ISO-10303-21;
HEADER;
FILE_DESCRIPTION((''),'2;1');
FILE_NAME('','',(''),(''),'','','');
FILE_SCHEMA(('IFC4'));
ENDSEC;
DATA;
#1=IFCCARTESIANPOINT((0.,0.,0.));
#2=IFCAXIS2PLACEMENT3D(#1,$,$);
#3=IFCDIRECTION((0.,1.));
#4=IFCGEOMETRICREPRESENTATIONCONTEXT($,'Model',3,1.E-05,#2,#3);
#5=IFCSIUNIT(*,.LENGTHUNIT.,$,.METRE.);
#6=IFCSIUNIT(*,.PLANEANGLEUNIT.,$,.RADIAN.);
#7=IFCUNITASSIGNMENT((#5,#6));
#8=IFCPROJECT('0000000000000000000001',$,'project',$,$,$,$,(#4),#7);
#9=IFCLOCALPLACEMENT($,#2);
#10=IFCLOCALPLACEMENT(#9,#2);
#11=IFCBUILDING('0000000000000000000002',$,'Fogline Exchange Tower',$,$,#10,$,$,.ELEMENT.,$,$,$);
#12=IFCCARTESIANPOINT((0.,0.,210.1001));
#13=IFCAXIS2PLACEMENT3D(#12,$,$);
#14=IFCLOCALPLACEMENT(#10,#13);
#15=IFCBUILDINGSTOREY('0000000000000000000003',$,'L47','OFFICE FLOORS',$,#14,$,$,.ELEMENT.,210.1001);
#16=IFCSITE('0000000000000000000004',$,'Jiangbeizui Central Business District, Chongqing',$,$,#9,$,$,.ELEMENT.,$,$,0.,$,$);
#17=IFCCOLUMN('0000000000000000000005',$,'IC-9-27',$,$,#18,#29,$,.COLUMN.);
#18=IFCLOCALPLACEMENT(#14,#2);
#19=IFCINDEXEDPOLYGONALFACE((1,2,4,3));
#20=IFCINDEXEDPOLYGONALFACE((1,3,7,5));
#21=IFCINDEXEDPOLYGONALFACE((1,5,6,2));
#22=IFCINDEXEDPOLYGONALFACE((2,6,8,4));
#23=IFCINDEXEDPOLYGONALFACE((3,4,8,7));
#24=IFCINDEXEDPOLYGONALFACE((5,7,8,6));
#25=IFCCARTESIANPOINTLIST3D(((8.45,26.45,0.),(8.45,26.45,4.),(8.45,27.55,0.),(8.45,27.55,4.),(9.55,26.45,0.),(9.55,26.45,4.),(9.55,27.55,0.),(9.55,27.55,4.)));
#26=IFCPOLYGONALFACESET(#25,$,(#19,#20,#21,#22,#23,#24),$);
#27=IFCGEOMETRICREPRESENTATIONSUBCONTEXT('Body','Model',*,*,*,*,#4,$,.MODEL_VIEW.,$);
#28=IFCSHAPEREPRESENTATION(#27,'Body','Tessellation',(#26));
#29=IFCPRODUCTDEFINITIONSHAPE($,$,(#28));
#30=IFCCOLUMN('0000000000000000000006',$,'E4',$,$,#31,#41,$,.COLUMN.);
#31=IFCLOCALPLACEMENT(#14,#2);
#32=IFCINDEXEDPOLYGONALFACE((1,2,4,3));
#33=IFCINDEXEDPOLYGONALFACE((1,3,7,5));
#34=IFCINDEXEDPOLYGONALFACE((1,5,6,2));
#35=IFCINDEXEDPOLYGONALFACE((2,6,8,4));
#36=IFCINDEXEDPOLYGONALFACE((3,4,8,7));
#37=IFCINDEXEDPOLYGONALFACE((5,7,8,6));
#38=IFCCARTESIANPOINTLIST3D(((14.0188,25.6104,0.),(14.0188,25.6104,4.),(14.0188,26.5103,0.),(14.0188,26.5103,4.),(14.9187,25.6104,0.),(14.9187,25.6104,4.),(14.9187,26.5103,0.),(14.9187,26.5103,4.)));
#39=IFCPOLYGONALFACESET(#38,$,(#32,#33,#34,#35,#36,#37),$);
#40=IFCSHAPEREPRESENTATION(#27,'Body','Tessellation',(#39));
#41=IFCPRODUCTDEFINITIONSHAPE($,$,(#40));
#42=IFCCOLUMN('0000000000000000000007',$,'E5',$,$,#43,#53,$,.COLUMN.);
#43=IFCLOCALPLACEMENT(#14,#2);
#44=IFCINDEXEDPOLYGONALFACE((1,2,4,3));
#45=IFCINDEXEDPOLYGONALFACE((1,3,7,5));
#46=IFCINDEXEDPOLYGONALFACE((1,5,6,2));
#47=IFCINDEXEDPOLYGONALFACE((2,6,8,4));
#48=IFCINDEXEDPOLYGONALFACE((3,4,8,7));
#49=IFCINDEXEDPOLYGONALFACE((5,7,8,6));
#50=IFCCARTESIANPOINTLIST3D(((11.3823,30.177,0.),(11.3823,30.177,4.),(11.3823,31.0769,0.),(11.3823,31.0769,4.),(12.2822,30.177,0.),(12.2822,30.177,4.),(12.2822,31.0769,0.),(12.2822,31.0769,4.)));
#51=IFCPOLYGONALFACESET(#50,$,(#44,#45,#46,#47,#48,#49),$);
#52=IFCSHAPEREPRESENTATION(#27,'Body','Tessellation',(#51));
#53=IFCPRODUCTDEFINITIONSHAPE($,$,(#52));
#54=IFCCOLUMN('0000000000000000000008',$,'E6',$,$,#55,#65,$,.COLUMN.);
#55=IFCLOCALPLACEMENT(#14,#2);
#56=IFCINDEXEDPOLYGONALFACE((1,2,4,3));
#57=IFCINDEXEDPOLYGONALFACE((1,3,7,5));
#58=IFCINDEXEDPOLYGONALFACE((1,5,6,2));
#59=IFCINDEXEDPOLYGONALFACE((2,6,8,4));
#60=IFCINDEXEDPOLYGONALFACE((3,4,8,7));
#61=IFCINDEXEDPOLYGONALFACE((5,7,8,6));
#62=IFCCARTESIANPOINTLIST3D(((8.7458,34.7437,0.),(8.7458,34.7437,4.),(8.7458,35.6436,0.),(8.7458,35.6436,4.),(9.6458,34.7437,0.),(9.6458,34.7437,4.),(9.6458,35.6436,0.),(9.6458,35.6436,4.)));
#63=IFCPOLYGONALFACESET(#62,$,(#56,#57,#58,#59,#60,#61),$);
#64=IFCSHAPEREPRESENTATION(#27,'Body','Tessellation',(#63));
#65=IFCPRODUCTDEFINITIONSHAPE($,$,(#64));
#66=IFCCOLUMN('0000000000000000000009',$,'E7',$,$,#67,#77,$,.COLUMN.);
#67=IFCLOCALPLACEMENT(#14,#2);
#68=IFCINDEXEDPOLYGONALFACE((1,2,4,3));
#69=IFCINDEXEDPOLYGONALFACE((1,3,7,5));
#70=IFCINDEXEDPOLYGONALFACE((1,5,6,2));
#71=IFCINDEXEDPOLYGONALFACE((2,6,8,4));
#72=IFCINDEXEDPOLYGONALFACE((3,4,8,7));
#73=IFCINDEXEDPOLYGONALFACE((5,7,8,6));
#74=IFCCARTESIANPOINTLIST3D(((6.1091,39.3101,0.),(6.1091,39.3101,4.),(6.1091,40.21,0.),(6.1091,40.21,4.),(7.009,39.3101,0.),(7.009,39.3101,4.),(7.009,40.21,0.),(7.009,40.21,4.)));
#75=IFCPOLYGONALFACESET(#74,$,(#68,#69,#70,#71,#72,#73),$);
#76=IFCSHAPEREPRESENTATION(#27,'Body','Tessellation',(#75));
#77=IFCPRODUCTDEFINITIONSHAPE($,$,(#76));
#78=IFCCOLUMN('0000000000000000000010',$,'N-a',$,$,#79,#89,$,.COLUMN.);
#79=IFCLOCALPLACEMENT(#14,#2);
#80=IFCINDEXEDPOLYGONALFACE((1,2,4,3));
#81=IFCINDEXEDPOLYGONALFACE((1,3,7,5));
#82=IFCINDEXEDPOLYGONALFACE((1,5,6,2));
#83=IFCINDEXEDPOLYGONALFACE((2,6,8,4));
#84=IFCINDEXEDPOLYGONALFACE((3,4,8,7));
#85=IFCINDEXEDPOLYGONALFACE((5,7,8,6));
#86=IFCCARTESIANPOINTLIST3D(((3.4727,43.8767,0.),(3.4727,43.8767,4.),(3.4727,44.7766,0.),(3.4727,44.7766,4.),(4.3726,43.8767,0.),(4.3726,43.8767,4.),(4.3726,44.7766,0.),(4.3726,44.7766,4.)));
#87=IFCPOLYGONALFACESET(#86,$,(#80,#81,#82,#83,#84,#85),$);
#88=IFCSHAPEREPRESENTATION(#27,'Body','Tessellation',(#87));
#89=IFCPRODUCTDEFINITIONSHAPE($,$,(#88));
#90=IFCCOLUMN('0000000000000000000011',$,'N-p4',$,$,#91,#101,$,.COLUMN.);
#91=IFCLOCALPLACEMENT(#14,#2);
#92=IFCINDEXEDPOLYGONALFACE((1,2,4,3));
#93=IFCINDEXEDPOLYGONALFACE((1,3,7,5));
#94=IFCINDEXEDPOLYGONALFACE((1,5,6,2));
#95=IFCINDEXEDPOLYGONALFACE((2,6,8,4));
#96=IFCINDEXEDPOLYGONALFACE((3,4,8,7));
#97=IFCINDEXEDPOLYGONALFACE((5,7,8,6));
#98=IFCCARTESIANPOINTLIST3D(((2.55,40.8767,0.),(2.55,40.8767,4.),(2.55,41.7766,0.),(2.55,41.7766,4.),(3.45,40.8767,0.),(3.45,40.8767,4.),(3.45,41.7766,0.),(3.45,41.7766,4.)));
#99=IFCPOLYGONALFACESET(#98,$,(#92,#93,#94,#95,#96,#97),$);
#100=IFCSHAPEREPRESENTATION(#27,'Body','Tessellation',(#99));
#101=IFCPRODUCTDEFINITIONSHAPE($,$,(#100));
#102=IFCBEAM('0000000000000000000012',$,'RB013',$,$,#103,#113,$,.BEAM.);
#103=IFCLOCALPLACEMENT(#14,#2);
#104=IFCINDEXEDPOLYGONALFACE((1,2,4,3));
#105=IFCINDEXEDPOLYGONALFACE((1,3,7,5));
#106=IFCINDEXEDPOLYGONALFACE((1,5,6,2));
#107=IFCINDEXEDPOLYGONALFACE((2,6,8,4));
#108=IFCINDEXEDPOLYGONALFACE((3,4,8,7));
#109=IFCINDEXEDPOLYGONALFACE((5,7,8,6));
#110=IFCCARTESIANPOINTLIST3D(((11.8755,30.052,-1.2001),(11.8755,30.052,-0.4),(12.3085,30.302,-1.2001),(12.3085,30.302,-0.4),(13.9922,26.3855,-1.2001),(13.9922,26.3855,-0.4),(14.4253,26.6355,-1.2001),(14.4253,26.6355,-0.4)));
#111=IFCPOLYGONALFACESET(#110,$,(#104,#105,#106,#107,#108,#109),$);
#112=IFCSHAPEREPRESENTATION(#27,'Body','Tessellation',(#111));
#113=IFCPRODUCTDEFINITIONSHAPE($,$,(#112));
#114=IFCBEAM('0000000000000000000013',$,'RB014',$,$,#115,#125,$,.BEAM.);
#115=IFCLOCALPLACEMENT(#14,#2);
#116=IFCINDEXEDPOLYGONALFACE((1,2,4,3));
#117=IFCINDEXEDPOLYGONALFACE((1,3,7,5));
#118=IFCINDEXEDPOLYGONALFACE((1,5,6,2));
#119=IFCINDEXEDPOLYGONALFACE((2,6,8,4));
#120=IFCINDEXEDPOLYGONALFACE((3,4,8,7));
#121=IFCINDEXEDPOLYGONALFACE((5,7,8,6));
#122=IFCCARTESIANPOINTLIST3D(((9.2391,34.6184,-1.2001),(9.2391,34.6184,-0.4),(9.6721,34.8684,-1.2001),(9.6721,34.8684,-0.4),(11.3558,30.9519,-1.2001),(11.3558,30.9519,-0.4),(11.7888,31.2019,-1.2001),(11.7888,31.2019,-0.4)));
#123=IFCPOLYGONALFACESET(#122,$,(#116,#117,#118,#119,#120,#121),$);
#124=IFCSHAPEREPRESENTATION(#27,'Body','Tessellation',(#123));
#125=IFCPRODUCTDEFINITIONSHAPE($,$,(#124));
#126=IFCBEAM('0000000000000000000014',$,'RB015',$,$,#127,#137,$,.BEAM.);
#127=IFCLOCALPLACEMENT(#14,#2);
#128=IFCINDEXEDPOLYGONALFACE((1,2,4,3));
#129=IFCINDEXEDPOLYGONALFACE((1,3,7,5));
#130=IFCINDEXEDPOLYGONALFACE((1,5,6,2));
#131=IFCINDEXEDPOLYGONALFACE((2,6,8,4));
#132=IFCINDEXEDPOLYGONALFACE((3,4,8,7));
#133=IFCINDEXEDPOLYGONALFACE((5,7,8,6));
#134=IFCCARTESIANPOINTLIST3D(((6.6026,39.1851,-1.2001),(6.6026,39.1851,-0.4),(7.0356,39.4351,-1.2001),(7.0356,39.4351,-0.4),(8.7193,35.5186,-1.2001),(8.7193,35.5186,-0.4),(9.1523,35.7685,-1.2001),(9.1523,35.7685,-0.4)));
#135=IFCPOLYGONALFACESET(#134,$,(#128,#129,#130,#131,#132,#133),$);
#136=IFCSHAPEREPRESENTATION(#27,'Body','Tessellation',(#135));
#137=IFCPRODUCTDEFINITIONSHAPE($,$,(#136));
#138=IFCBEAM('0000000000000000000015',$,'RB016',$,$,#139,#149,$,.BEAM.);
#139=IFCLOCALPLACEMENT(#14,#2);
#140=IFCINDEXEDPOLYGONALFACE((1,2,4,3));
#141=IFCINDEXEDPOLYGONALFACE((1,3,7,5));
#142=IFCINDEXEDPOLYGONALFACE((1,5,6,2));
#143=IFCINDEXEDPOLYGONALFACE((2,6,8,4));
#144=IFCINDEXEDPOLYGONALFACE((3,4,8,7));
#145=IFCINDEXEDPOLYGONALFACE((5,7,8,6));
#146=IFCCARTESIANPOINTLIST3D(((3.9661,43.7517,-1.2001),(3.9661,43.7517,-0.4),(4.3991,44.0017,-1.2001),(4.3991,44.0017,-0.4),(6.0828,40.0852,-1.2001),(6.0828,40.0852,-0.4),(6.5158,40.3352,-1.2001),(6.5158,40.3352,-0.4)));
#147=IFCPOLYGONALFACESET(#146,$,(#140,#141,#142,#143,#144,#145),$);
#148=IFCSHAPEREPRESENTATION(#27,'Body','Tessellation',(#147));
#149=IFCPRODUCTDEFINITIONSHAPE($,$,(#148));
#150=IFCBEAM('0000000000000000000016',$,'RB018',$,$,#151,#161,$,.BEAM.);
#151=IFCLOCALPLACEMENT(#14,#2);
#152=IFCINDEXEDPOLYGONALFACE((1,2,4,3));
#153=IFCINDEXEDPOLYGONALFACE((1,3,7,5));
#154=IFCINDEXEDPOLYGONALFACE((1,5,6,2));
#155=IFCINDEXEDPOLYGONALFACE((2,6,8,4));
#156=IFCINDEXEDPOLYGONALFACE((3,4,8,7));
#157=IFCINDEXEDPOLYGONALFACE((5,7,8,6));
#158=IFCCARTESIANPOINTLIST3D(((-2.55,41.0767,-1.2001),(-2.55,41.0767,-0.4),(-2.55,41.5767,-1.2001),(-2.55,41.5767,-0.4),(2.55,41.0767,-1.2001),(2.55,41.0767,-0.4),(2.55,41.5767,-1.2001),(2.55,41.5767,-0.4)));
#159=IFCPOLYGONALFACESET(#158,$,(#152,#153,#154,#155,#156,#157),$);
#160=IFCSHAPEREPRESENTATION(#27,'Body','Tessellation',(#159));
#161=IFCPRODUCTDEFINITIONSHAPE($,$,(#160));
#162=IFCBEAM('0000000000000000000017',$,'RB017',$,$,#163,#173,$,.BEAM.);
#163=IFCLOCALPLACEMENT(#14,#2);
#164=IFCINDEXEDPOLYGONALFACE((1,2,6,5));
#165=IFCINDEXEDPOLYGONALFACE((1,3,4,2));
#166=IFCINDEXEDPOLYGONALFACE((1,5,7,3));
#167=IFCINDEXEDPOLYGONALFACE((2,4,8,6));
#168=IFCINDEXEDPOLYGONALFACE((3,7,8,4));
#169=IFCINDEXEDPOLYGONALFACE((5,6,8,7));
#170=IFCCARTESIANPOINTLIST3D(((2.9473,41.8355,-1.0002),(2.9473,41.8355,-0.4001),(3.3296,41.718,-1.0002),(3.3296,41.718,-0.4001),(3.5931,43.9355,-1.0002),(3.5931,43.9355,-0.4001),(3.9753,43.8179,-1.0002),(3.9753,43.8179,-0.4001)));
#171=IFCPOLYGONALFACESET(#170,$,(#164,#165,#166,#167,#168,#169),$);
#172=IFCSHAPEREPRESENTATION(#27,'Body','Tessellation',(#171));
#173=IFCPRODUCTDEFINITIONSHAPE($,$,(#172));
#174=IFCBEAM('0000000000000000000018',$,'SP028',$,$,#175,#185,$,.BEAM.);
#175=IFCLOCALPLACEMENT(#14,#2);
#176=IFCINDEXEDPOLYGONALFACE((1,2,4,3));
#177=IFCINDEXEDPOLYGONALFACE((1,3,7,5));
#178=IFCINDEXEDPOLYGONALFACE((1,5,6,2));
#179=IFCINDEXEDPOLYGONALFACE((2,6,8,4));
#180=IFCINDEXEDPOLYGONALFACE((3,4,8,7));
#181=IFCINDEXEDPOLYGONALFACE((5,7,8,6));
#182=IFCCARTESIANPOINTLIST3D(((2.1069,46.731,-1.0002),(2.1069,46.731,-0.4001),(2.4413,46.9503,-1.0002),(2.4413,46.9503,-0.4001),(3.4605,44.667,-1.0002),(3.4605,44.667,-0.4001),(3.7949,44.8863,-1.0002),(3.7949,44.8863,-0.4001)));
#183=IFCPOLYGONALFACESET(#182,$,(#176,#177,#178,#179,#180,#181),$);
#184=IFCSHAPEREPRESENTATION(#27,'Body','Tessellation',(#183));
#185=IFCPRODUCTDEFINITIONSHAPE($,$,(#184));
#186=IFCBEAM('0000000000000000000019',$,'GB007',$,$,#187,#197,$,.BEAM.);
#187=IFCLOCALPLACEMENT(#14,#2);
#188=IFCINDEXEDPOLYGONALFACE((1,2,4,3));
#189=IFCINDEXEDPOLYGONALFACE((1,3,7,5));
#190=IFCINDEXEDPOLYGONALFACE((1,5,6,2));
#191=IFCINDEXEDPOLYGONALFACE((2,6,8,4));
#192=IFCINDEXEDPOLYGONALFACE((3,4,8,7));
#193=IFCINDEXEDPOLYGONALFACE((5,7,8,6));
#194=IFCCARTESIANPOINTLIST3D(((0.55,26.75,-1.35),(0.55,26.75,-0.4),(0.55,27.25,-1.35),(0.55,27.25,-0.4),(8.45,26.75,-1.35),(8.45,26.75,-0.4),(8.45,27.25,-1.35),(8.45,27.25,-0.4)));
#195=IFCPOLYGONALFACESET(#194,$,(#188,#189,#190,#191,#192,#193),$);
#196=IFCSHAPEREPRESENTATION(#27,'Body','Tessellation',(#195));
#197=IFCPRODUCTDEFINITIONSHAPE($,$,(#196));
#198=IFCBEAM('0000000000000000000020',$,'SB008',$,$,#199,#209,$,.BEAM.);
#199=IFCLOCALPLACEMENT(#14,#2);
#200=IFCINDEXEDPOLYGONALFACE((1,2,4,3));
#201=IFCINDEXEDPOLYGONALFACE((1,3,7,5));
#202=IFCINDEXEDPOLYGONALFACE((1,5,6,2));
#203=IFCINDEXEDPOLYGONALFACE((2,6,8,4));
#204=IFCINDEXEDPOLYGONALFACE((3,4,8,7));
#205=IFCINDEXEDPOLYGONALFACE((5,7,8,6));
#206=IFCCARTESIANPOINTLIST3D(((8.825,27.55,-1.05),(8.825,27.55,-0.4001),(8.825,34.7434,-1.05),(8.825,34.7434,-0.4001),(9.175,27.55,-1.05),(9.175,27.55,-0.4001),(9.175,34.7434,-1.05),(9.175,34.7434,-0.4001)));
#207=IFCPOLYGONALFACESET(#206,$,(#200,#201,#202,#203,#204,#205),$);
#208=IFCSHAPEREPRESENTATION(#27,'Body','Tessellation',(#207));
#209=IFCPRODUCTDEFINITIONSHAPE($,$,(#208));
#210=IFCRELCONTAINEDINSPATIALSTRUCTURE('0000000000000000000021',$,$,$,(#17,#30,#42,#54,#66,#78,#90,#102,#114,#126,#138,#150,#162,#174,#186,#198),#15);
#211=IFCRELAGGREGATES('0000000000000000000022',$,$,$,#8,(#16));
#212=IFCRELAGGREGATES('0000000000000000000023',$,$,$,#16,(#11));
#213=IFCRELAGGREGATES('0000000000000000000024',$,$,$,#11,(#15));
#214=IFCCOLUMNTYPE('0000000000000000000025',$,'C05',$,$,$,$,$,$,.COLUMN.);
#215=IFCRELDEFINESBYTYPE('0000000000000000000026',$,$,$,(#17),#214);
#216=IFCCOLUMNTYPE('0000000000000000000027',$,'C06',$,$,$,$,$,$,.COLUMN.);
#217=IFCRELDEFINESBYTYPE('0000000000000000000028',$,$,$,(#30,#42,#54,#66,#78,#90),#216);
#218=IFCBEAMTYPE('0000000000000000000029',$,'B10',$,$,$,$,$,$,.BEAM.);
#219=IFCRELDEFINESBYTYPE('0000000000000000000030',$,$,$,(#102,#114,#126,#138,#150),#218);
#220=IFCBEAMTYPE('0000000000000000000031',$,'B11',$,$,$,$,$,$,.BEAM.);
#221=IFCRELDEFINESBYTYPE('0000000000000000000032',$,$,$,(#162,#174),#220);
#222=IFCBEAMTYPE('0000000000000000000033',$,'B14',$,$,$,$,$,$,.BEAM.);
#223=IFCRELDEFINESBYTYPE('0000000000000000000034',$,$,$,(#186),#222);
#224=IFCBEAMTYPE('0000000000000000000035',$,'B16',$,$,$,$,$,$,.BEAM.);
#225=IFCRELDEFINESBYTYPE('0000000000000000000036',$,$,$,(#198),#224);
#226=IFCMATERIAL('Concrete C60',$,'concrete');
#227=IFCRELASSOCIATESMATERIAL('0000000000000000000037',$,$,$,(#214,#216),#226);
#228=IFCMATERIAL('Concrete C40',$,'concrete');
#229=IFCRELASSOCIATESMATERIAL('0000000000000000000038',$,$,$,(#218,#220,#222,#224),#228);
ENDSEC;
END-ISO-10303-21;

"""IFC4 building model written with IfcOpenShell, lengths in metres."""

from ifc_helpers import new_model, si_unit, direction, frame, origin, origin_2d, place, context, subcontext, project, spatial, rectangle, extrude, material, material_profile, profile_set, type_object, element, save


model = new_model("IFC4")

# Units and contexts
model_context = context("Model", 3, precision=1e-05, world=origin(), true_north=direction((0.0, 1.0)))
body_context = subcontext(model_context, "Body", "Model", "MODEL_VIEW")
ifc_project = project(units=[si_unit("LENGTHUNIT", "METRE"), si_unit("PLANEANGLEUNIT", "RADIAN")], contexts=[model_context])

# Site, building, storey
site_placement = place(None, origin())
site = spatial("IfcSite", under=ifc_project, at=site_placement, Name="Jiangbeizui Central Business District, Chongqing", CompositionType="ELEMENT", RefElevation=0.0)
building_placement = place(site_placement, origin())
building = spatial("IfcBuilding", under=site, at=building_placement, Name="Fogline Exchange Tower", CompositionType="ELEMENT")
storey_placement = place(building_placement, frame((0.0, 0.0, 210.1001)))
storey = spatial("IfcBuildingStorey", under=building, at=storey_placement, Name="L47", Description="OFFICE FLOORS", CompositionType="ELEMENT", Elevation=210.1001)

# Columns
ifc_material_1 = material(Name="Concrete C60", Category="concrete")
ifc_material_profile_1 = material_profile(ifc_material_1, rectangle(XDim=1.1001, YDim=1.1001, at=origin_2d()), Name="RC 1100x1100")
ifc_profile_set_1 = profile_set([ifc_material_profile_1], Name="Concrete C60")
column_type_1 = type_object("IfcColumnType", Name="C05", PredefinedType="COLUMN", material=ifc_profile_set_1)
column_placement = place(storey_placement, frame((9.0, 27.0, 0.0), z_axis=(0.0, 0.0, 1.0), x_axis=(1.0, 0.0, 0.0)))
element("IfcColumn", 1, at=column_placement, inside=storey, type_object=column_type_1, Name="IC-9-27", PredefinedType="COLUMN", context=body_context, shape_type="SweptSolid", body=[
    extrude(rectangle(XDim=1.1001, YDim=1.1001, at=origin_2d()), origin(), (0.0, 0.0, 1.0), 4.0),
])
ifc_material_profile_2 = material_profile(ifc_material_1, rectangle(XDim=0.8999, YDim=0.8999, at=origin_2d()), Name="RC 900x900")
ifc_profile_set_2 = profile_set([ifc_material_profile_2], Name="Concrete C60")
column_type_2 = type_object("IfcColumnType", Name="C06", PredefinedType="COLUMN", material=ifc_profile_set_2)
for number, where, z_axis, x_axis, name in (
    (2, (14.4688, 26.0603, 0.0), (0.0, 0.0, 1.0), (1.0, 0.0, 0.0), "E4"),
    (3, (11.8323, 30.627, 0.0), (0.0, 0.0, 1.0), (1.0, 0.0, 0.0), "E5"),
    (4, (9.1958, 35.1936, 0.0), (0.0, 0.0, 1.0), (1.0, 0.0, 0.0), "E6"),
    (5, (6.5591, 39.76, 0.0), (0.0, 0.0, 1.0), (1.0, 0.0, 0.0), "E7"),
    (6, (3.9226, 44.3267, 0.0), (0.0, 0.0, 1.0), (1.0, 0.0, 0.0), "N-a"),
    (7, (3.0, 41.3267, 0.0), (0.0, 0.0, 1.0), (1.0, 0.0, 0.0), "N-p4"),
):
    element("IfcColumn", number, at=place(storey_placement, frame(where, z_axis=z_axis, x_axis=x_axis)), inside=storey, type_object=column_type_2, Name=name, PredefinedType="COLUMN", context=body_context, shape_type="SweptSolid", body=[
        extrude(rectangle(XDim=0.8999, YDim=0.8999, at=origin_2d()), origin(), (0.0, 0.0, 1.0), 4.0),
    ])

# Beams
ifc_material_2 = material(Name="Concrete C40", Category="concrete")
ifc_material_profile_3 = material_profile(ifc_material_2, rectangle(XDim=0.5, YDim=0.8, at=origin_2d()), Name="RC 500x800")
ifc_profile_set_3 = profile_set([ifc_material_profile_3], Name="Concrete C40")
beam_type_1 = type_object("IfcBeamType", Name="B10", PredefinedType="BEAM", material=ifc_profile_set_3)
for number, where, z_axis, x_axis, name in (
    (8, (14.2087, 26.5105, -0.8), (-0.499972, 0.866042, 0.0), (-0.866042, -0.499972, 0.0), "RB013"),
    (9, (11.5723, 31.0769, -0.8), (-0.499972, 0.866042, 0.0), (-0.866042, -0.499972, 0.0), "RB014"),
    (10, (8.9358, 35.6436, -0.8), (-0.499972, 0.866042, 0.0), (-0.866042, -0.499972, 0.0), "RB015"),
    (11, (6.2993, 40.2102, -0.8), (-0.499972, 0.866042, 0.0), (-0.866042, -0.499972, 0.0), "RB016"),
):
    element("IfcBeam", number, at=place(storey_placement, frame(where, z_axis=z_axis, x_axis=x_axis)), inside=storey, type_object=beam_type_1, Name=name, PredefinedType="BEAM", context=body_context, shape_type="SweptSolid", body=[
        extrude(rectangle(XDim=0.5, YDim=0.8, at=origin_2d()), origin(), (0.0, 0.0, 1.0), 4.2336),
    ])
beam_1_placement = place(storey_placement, frame((2.55, 41.3267, -0.8), z_axis=(-1.0, 0.0, 0.0), x_axis=(0.0, -1.0, 0.0)))
element("IfcBeam", 12, at=beam_1_placement, inside=storey, type_object=beam_type_1, Name="RB018", PredefinedType="BEAM", context=body_context, shape_type="SweptSolid", body=[
    extrude(rectangle(XDim=0.5, YDim=0.8, at=origin_2d()), origin(), (0.0, 0.0, 1.0), 5.1001),
])
ifc_material_profile_4 = material_profile(ifc_material_2, rectangle(XDim=0.3999, YDim=0.6001, at=origin_2d()), Name="RC 400x600")
ifc_profile_set_4 = profile_set([ifc_material_profile_4], Name="Concrete C40")
beam_type_2 = type_object("IfcBeamType", Name="B11", PredefinedType="BEAM", material=ifc_profile_set_4)
beam_2_placement = place(storey_placement, frame((3.7842, 43.8767, -0.7002), z_axis=(-0.293906, -0.955834, 0.0), x_axis=(0.955834, -0.293906, 0.0)))
element("IfcBeam", 13, at=beam_2_placement, inside=storey, type_object=beam_type_2, Name="RB017", PredefinedType="BEAM", context=body_context, shape_type="SweptSolid", body=[
    extrude(rectangle(XDim=0.3999, YDim=0.6001, at=origin_2d()), origin(), (0.0, 0.0, 1.0), 2.197),
])
beam_3_placement = place(storey_placement, frame((3.6277, 44.7766, -0.7002), z_axis=(-0.548384, 0.836227, 0.0), x_axis=(-0.836227, -0.548384, 0.0)))
element("IfcBeam", 14, at=beam_3_placement, inside=storey, type_object=beam_type_2, Name="SP028", PredefinedType="BEAM", context=body_context, shape_type="SweptSolid", body=[
    extrude(rectangle(XDim=0.3999, YDim=0.6001, at=origin_2d()), origin(), (0.0, 0.0, 1.0), 2.4683),
])
ifc_material_profile_5 = material_profile(ifc_material_2, rectangle(XDim=0.5, YDim=0.95, at=origin_2d()), Name="RC 500x950")
ifc_profile_set_5 = profile_set([ifc_material_profile_5], Name="Concrete C40")
beam_type_3 = type_object("IfcBeamType", Name="B14", PredefinedType="BEAM", material=ifc_profile_set_5)
beam_4_placement = place(storey_placement, frame((0.55, 27.0, -0.875), z_axis=(1.0, 0.0, 0.0), x_axis=(0.0, 1.0, 0.0)))
element("IfcBeam", 15, at=beam_4_placement, inside=storey, type_object=beam_type_3, Name="GB007", PredefinedType="BEAM", context=body_context, shape_type="SweptSolid", body=[
    extrude(rectangle(XDim=0.5, YDim=0.95, at=origin_2d()), origin(), (0.0, 0.0, 1.0), 7.8999),
])
ifc_material_profile_6 = material_profile(ifc_material_2, rectangle(XDim=0.3501, YDim=0.6499, at=origin_2d()), Name="RC 350x650")
ifc_profile_set_6 = profile_set([ifc_material_profile_6], Name="Concrete C40")
beam_type_4 = type_object("IfcBeamType", Name="B16", PredefinedType="BEAM", material=ifc_profile_set_6)
beam_5_placement = place(storey_placement, frame((9.0, 27.55, -0.7251), z_axis=(0.0, 1.0, 0.0), x_axis=(-1.0, 0.0, 0.0)))
element("IfcBeam", 16, at=beam_5_placement, inside=storey, type_object=beam_type_4, Name="SB008", PredefinedType="BEAM", context=body_context, shape_type="SweptSolid", body=[
    extrude(rectangle(XDim=0.3501, YDim=0.6499, at=origin_2d()), origin(), (0.0, 0.0, 1.0), 7.1934),
])

save(model, "model.ifc")
